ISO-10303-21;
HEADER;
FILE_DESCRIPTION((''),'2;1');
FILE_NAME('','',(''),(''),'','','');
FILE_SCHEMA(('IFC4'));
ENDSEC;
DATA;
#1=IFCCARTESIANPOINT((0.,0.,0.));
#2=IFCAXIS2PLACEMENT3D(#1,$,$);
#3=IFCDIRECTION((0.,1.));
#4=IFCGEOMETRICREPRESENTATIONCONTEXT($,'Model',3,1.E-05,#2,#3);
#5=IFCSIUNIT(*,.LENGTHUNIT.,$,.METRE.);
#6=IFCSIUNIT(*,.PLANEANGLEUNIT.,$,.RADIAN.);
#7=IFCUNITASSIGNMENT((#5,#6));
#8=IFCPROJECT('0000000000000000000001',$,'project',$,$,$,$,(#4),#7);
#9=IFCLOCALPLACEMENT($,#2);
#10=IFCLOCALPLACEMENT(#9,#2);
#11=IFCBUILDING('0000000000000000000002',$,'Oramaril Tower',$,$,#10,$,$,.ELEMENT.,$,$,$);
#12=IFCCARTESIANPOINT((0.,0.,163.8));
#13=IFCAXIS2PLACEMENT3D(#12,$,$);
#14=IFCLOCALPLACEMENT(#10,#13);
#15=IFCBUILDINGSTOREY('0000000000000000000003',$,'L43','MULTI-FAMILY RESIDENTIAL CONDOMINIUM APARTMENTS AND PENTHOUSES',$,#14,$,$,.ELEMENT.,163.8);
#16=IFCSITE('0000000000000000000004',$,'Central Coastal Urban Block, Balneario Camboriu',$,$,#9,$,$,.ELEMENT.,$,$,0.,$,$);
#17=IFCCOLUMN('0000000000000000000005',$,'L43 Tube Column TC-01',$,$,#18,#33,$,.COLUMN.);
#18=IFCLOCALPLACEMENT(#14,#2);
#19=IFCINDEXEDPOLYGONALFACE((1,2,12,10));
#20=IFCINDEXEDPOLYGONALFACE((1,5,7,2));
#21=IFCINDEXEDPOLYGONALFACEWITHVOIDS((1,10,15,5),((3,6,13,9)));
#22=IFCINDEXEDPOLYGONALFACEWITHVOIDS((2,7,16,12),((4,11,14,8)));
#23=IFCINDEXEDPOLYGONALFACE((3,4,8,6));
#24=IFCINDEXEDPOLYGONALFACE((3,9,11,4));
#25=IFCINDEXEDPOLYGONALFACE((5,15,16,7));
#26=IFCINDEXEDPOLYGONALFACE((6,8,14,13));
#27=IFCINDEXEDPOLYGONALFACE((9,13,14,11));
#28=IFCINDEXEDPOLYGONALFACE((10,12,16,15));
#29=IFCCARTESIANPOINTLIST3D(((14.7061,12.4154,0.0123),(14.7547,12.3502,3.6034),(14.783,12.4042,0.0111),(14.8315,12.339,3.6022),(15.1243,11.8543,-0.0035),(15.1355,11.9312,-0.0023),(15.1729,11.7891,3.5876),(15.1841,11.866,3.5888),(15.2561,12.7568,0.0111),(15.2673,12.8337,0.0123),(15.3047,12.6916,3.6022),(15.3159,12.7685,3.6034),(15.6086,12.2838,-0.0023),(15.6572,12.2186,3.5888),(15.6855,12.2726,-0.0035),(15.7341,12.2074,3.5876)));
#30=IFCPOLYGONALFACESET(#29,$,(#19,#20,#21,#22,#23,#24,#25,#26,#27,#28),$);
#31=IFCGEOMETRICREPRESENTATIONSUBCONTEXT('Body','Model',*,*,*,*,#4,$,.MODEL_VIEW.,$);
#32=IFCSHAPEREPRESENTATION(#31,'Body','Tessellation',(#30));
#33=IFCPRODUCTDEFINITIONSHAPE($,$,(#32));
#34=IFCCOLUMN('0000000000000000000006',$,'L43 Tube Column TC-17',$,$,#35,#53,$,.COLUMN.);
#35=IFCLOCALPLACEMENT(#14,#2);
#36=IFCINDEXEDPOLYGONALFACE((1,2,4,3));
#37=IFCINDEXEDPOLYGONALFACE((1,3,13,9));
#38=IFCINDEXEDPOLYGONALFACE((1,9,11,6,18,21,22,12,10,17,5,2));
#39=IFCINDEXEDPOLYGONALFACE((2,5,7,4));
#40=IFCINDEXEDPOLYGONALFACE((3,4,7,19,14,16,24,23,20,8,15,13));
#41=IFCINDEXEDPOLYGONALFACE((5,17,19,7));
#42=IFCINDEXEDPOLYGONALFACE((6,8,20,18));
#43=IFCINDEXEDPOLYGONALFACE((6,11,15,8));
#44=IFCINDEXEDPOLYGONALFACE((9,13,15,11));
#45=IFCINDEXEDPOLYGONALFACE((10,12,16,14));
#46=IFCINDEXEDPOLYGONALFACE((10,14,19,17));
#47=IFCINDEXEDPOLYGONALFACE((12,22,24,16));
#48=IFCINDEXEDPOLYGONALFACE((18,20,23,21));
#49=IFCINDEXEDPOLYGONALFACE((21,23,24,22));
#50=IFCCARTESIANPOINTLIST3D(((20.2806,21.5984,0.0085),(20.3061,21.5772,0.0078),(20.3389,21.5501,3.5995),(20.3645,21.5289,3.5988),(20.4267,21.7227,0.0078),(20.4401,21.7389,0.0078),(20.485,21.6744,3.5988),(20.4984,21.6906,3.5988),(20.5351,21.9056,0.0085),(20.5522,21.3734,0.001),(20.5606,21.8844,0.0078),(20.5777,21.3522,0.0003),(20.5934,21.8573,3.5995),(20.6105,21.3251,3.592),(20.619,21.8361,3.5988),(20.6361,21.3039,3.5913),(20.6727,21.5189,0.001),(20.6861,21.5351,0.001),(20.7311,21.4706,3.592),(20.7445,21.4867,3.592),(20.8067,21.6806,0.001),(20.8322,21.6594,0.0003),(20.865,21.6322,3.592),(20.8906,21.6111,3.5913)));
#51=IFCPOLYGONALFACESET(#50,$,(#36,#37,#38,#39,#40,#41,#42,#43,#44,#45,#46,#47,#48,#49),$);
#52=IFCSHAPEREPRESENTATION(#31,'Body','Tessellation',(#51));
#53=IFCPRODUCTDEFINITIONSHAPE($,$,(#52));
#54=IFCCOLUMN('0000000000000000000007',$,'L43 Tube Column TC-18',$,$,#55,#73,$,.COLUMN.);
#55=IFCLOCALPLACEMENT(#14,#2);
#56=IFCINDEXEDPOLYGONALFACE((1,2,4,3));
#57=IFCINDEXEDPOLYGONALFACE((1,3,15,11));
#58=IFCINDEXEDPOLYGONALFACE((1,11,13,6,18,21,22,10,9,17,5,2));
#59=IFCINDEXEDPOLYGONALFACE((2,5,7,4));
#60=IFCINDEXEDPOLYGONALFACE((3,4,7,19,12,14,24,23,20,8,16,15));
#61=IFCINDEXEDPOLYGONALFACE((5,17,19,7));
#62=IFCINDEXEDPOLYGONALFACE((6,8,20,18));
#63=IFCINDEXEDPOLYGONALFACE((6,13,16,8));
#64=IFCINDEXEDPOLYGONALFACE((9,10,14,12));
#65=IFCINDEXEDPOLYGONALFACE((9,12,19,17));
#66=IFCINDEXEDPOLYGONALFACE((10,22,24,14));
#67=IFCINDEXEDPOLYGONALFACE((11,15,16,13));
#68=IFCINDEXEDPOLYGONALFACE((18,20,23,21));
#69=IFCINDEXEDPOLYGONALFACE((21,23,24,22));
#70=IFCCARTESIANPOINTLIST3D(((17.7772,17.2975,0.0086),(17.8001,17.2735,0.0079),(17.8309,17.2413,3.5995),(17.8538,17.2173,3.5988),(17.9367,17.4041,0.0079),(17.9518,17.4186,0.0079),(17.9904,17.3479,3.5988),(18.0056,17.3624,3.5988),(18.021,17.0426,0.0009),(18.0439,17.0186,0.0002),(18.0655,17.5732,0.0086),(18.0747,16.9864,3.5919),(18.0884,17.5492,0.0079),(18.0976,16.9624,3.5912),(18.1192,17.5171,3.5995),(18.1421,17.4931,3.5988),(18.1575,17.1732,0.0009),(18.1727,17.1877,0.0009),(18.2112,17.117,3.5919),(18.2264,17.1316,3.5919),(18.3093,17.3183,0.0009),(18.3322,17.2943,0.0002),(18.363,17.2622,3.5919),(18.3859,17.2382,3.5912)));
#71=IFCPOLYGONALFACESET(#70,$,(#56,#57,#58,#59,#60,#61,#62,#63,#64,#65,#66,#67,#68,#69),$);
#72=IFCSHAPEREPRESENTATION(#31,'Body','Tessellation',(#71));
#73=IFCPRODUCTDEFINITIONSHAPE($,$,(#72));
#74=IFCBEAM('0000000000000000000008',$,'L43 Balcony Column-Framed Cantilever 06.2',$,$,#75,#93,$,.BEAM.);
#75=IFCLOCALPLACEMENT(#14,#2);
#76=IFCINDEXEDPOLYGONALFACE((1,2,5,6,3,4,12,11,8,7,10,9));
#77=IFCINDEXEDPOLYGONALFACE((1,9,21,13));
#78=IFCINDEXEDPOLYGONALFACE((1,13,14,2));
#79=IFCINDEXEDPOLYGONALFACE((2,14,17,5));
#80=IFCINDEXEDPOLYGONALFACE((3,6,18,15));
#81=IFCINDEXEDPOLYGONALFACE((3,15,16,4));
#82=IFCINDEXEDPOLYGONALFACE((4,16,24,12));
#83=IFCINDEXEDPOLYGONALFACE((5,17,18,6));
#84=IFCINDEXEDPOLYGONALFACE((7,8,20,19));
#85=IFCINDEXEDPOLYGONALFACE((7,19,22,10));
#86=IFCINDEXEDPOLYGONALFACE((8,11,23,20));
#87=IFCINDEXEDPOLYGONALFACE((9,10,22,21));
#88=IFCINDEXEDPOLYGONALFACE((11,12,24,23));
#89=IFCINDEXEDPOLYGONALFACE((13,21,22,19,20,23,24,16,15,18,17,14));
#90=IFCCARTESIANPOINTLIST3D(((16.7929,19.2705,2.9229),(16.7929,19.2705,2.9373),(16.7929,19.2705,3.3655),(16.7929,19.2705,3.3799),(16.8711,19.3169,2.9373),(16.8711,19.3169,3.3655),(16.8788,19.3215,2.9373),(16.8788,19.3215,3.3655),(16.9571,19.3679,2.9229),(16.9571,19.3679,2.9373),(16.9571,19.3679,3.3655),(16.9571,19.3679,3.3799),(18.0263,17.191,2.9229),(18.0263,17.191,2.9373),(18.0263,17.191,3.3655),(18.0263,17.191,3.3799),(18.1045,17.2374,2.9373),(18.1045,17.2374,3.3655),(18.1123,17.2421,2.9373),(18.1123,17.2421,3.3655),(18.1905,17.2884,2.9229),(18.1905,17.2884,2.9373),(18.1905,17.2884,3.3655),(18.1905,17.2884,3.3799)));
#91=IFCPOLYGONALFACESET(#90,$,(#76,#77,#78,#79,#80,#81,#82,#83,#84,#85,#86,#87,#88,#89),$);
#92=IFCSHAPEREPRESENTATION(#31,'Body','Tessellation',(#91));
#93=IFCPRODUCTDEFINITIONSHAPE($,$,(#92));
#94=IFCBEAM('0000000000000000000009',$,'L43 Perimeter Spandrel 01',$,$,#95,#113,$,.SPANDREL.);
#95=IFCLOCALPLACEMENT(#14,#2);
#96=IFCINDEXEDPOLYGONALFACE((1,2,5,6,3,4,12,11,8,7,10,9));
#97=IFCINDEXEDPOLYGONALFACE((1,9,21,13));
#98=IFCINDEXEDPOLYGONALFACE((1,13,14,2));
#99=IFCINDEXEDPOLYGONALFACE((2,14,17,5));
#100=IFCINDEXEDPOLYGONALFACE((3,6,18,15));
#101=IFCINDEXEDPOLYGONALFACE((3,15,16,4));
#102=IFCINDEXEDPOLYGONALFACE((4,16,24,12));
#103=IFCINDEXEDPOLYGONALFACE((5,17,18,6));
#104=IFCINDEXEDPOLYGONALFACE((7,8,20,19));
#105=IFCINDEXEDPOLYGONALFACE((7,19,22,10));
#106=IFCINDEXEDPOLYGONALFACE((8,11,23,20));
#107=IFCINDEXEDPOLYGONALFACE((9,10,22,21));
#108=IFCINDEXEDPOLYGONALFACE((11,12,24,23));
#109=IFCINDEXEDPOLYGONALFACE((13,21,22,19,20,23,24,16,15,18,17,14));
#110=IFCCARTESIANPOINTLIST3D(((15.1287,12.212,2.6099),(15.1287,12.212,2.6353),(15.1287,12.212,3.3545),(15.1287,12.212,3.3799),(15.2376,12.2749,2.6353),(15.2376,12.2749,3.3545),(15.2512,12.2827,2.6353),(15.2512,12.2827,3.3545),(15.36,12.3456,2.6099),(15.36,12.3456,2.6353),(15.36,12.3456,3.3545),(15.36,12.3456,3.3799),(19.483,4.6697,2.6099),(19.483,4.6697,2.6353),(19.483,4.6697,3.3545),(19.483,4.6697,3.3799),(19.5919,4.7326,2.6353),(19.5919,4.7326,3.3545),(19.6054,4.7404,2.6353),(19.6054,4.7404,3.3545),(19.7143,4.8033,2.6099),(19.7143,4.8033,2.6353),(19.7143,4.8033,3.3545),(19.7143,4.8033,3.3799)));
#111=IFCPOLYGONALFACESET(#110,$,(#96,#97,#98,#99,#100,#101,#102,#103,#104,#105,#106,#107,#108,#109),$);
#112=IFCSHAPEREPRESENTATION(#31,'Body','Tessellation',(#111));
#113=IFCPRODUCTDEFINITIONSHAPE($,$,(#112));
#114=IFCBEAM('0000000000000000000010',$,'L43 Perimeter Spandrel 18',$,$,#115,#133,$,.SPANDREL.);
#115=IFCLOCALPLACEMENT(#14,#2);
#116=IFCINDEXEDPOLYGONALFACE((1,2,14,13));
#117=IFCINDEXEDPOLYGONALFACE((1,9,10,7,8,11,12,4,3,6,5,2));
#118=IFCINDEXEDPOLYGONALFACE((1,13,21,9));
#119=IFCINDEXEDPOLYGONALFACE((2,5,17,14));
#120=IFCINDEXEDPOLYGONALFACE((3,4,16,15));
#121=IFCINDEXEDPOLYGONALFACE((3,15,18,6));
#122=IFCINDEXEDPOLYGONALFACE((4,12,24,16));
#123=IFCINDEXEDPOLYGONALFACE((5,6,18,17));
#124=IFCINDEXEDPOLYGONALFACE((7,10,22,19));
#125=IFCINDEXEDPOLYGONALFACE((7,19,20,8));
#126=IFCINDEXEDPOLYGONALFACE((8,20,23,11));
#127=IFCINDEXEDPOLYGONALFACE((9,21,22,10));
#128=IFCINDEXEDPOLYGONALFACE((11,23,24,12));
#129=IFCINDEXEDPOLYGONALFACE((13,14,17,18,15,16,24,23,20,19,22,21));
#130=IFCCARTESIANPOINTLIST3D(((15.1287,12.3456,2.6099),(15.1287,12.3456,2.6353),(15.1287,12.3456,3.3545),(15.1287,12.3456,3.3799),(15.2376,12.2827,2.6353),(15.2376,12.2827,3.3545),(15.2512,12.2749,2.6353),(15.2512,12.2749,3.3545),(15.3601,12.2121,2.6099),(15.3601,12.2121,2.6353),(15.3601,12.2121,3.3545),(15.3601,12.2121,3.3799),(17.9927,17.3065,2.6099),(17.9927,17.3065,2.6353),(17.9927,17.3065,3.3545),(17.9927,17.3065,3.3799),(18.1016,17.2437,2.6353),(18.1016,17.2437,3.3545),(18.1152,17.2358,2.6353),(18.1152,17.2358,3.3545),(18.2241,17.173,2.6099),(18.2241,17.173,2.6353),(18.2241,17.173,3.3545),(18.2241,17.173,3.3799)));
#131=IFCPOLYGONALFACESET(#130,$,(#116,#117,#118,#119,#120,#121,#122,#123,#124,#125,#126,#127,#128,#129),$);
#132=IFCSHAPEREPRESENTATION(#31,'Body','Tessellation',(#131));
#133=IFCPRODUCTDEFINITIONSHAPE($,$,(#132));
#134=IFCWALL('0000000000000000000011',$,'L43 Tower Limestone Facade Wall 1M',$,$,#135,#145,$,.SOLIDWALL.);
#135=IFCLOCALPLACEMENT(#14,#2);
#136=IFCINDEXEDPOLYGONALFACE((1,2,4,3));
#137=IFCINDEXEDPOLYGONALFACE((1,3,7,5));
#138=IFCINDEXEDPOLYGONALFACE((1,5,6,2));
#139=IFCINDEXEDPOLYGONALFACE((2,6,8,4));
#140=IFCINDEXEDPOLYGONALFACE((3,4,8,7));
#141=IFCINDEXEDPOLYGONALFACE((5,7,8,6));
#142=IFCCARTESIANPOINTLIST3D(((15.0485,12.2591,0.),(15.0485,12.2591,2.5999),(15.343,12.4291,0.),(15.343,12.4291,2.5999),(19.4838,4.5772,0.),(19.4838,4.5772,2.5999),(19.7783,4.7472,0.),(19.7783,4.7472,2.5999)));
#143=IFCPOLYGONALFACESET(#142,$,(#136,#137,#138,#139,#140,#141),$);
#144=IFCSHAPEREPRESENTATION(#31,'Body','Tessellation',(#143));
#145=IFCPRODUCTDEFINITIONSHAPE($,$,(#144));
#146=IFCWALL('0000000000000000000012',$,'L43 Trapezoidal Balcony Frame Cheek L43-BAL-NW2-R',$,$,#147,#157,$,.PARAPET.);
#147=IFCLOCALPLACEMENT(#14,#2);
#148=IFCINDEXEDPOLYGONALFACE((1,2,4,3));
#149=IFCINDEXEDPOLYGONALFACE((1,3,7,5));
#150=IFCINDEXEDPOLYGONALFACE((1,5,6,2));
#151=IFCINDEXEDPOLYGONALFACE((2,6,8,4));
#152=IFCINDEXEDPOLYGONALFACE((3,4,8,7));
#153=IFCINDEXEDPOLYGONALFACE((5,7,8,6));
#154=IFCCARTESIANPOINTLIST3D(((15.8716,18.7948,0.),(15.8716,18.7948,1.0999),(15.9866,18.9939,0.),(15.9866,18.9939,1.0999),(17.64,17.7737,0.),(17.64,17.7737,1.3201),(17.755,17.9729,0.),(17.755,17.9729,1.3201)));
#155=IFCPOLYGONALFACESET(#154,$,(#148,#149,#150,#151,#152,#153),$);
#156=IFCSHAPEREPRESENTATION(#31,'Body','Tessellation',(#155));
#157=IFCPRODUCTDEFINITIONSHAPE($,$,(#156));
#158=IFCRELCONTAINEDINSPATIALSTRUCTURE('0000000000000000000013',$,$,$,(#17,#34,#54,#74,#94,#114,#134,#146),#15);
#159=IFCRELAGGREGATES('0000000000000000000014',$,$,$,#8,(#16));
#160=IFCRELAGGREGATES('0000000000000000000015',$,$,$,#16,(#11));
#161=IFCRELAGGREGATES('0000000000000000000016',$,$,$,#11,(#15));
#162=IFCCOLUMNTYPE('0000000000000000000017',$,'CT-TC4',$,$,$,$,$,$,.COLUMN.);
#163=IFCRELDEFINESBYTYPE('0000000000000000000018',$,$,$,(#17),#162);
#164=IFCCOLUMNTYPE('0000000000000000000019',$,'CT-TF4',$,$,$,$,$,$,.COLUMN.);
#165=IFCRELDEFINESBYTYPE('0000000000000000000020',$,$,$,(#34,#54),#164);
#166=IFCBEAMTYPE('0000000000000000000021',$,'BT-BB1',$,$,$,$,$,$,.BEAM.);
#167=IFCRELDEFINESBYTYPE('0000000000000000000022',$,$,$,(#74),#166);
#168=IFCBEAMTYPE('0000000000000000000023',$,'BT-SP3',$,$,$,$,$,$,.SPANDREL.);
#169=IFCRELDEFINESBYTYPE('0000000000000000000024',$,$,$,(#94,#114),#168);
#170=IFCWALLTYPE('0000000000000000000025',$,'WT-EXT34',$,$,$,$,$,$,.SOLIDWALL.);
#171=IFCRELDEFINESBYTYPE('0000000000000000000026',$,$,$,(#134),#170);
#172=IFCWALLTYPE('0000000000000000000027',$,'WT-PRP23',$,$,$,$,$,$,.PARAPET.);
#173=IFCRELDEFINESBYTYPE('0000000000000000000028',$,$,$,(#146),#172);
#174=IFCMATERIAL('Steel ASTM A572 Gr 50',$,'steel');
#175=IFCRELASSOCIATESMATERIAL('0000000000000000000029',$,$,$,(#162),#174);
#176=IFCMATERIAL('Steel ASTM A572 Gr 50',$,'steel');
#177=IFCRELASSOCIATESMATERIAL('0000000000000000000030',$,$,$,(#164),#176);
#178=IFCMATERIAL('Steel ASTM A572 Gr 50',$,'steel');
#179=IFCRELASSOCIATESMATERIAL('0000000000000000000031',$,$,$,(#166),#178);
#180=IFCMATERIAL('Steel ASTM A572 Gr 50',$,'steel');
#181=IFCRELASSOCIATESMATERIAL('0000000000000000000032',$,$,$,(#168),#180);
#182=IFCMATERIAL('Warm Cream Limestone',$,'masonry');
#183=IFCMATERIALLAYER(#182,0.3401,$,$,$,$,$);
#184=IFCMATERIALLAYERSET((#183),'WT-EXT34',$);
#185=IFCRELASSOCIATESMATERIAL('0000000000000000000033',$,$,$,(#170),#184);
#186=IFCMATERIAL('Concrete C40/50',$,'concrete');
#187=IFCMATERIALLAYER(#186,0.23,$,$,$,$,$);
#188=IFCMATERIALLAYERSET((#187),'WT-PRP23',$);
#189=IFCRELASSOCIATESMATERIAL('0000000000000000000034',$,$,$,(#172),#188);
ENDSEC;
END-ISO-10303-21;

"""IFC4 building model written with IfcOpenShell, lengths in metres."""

from ifc_helpers import new_model, si_unit, direction, frame, frame_2d, origin, origin_2d, place, context, subcontext, project, spatial, polyline, rectangle, hollow_rectangle, i_section, outline, extrude, material, layer, layer_set, material_profile, profile_set, type_object, element, save


model = new_model("IFC4")

# Units and contexts
model_context = context("Model", 3, precision=1e-05, world=origin(), true_north=direction((0.0, 1.0)))
body_context = subcontext(model_context, "Body", "Model", "MODEL_VIEW")
ifc_project = project(units=[si_unit("LENGTHUNIT", "METRE"), si_unit("PLANEANGLEUNIT", "RADIAN")], contexts=[model_context])

# Site, building, storey
site_placement = place(None, origin())
site = spatial("IfcSite", under=ifc_project, at=site_placement, Name="Central Coastal Urban Block, Balneario Camboriu", CompositionType="ELEMENT", RefElevation=0.0)
building_placement = place(site_placement, origin())
building = spatial("IfcBuilding", under=site, at=building_placement, Name="Oramaril Tower", CompositionType="ELEMENT")
storey_placement = place(building_placement, frame((0.0, 0.0, 163.8)))
storey = spatial("IfcBuildingStorey", under=building, at=storey_placement, Name="L43", Description="MULTI-FAMILY RESIDENTIAL CONDOMINIUM APARTMENTS AND PENTHOUSES", CompositionType="ELEMENT", Elevation=163.8)

# Columns
ifc_material_1 = material(Name="Steel ASTM A572 Gr 50", Category="steel")
ifc_material_profile_1 = material_profile(ifc_material_1, hollow_rectangle(XDim=0.7, YDim=0.7, WallThickness=0.0549, at=origin_2d()), Name="BOX700X700X55")
ifc_profile_set_1 = profile_set([ifc_material_profile_1], Name="Steel ASTM A572 Gr 50")
column_type_1 = type_object("IfcColumnType", Name="CT-TC4", PredefinedType="COLUMN", material=ifc_profile_set_1)
column_placement = place(storey_placement, frame((15.1958, 12.344, 0.0044), z_axis=(0.013526, -0.018148, 0.999744), x_axis=(0.801798, 0.597595, 0.0)))
element("IfcColumn", 1, at=column_placement, inside=storey, type_object=column_type_1, Name="L43 Tube Column TC-01", PredefinedType="COLUMN", context=body_context, shape_type="SweptSolid", body=[
    extrude(hollow_rectangle(XDim=0.7, YDim=0.7, WallThickness=0.0549, at=origin_2d()), origin(), (0.0, 0.0, 1.0), 3.592),
])
ifc_material_2 = material(Name="Steel ASTM A572 Gr 50", Category="steel")
ifc_material_profile_2 = material_profile(ifc_material_2, i_section(OverallWidth=0.3989, OverallDepth=0.386, WebThickness=0.021, FlangeThickness=0.0332, at=origin_2d()), Name="W14X176")
ifc_profile_set_2 = profile_set([ifc_material_profile_2], Name="Steel ASTM A572 Gr 50")
column_type_2 = type_object("IfcColumnType", Name="CT-TF4", PredefinedType="COLUMN", material=ifc_profile_set_2)
for number, where, z_axis, x_axis, name in (
    (2, (20.5564, 21.6289, 0.0044), (0.016245, -0.013458, 0.999777), (0.637963, 0.770067, 0.0), "L43 Tube Column TC-17"),
    (3, (18.0547, 17.2959, 0.0044), (0.014953, -0.015633, 0.999766), (0.722642, 0.691223, 0.0), "L43 Tube Column TC-18"),
):
    element("IfcColumn", number, at=place(storey_placement, frame(where, z_axis=z_axis, x_axis=x_axis)), inside=storey, type_object=column_type_2, Name=name, PredefinedType="COLUMN", context=body_context, shape_type="SweptSolid", body=[
        extrude(i_section(OverallWidth=0.3989, OverallDepth=0.386, WebThickness=0.021, FlangeThickness=0.0332, at=origin_2d()), origin(), (0.0, 0.0, 1.0), 3.5918),
    ])

# Beams
ifc_material_3 = material(Name="Steel ASTM A572 Gr 50", Category="steel")
ifc_material_profile_3 = material_profile(ifc_material_3, i_section(OverallWidth=0.1909, OverallDepth=0.457, WebThickness=0.009, FlangeThickness=0.0144, at=origin_2d()), Name="W18X50")
ifc_profile_set_3 = profile_set([ifc_material_profile_3], Name="Steel ASTM A572 Gr 50")
beam_type_1 = type_object("IfcBeamType", Name="BT-BB1", PredefinedType="BEAM", material=ifc_profile_set_3)
beam_1_placement = place(storey_placement, frame((18.1084, 17.2397, 3.1514), z_axis=(-0.510168, 0.860075, 0.0), x_axis=(-0.860075, -0.510168, 0.0)))
element("IfcBeam", 4, at=beam_1_placement, inside=storey, type_object=beam_type_1, Name="L43 Balcony Column-Framed Cantilever 06.2", PredefinedType="BEAM", context=body_context, shape_type="SweptSolid", body=[
    extrude(i_section(OverallWidth=0.1909, OverallDepth=0.457, WebThickness=0.009, FlangeThickness=0.0144, at=origin_2d()), origin(), (0.0, 0.0, 1.0), 2.4177),
])
ifc_material_4 = material(Name="Steel ASTM A572 Gr 50", Category="steel")
ifc_material_profile_4 = material_profile(ifc_material_4, i_section(OverallWidth=0.2671, OverallDepth=0.77, WebThickness=0.0156, FlangeThickness=0.0254, at=origin_2d()), Name="W30X132")
ifc_profile_set_4 = profile_set([ifc_material_profile_4], Name="Steel ASTM A572 Gr 50")
beam_type_2 = type_object("IfcBeamType", Name="BT-SP3", PredefinedType="SPANDREL", material=ifc_profile_set_4)
beam_2_placement = place(storey_placement, frame((15.2444, 12.2788, 2.9949), z_axis=(0.499977, -0.866039, 0.0), x_axis=(0.866039, 0.499977, 0.0)))
element("IfcBeam", 5, at=beam_2_placement, inside=storey, type_object=beam_type_2, Name="L43 Perimeter Spandrel 01", PredefinedType="SPANDREL", context=body_context, shape_type="SweptSolid", body=[
    extrude(i_section(OverallWidth=0.2671, OverallDepth=0.77, WebThickness=0.0156, FlangeThickness=0.0254, at=origin_2d()), origin(), (0.0, 0.0, 1.0), 8.709),
])
beam_3_placement = place(storey_placement, frame((18.1084, 17.2397, 2.9949), z_axis=(-0.499976, -0.866039, 0.0), x_axis=(0.866039, -0.499976, 0.0)))
element("IfcBeam", 6, at=beam_3_placement, inside=storey, type_object=beam_type_2, Name="L43 Perimeter Spandrel 18", PredefinedType="SPANDREL", context=body_context, shape_type="SweptSolid", body=[
    extrude(i_section(OverallWidth=0.2671, OverallDepth=0.77, WebThickness=0.0156, FlangeThickness=0.0254, at=origin_2d()), origin(), (0.0, 0.0, 1.0), 5.7283),
])

# Walls
ifc_material_5 = material(Name="Warm Cream Limestone", Category="masonry")
ifc_layer_1 = layer(ifc_material_5, 0.3401)
ifc_layer_set_1 = layer_set([ifc_layer_1], Name="WT-EXT34")
wall_type_1 = type_object("IfcWallType", Name="WT-EXT34", PredefinedType="SOLIDWALL", material=ifc_layer_set_1)
wall_1_placement = place(storey_placement, frame((15.1958, 12.344, 0.0), z_axis=(0.0, 0.0, 1.0), x_axis=(0.500014, -0.866017, 0.0)))
element("IfcWall", 7, at=wall_1_placement, inside=storey, type_object=wall_type_1, Name="L43 Tower Limestone Facade Wall 1M", PredefinedType="SOLIDWALL", context=body_context, shape_type="SweptSolid", body=[
    extrude(rectangle(XDim=8.8704, YDim=0.3401, at=frame_2d((4.4351, 0.0))), origin(), (0.0, 0.0, 1.0), 2.5999),
])
ifc_material_6 = material(Name="Concrete C40/50", Category="concrete")
ifc_layer_2 = layer(ifc_material_6, 0.23)
ifc_layer_set_2 = layer_set([ifc_layer_2], Name="WT-PRP23")
wall_type_2 = type_object("IfcWallType", Name="WT-PRP23", PredefinedType="PARAPET", material=ifc_layer_set_2)
wall_2_placement = place(storey_placement, frame((17.6975, 17.8733, 0.0), z_axis=(0.0, 0.0, 1.0), x_axis=(-0.866012, 0.500023, 0.0)))
element("IfcWall", 8, at=wall_2_placement, inside=storey, type_object=wall_type_2, Name="L43 Trapezoidal Balcony Frame Cheek L43-BAL-NW2-R", PredefinedType="PARAPET", context=body_context, shape_type="SweptSolid", body=[
    extrude(outline(polyline([(0.0, 0.0), (2.042, 0.0), (2.042, 1.0999), (0.0, 1.3201), (0.0, 0.0)])), frame((0.0, 0.115, 0.0), z_axis=(0.0, -1.0, 0.0), x_axis=(1.0, 0.0, 0.0)), (0.0, 0.0, 1.0), 0.23),
])

save(model, "model.ifc")
